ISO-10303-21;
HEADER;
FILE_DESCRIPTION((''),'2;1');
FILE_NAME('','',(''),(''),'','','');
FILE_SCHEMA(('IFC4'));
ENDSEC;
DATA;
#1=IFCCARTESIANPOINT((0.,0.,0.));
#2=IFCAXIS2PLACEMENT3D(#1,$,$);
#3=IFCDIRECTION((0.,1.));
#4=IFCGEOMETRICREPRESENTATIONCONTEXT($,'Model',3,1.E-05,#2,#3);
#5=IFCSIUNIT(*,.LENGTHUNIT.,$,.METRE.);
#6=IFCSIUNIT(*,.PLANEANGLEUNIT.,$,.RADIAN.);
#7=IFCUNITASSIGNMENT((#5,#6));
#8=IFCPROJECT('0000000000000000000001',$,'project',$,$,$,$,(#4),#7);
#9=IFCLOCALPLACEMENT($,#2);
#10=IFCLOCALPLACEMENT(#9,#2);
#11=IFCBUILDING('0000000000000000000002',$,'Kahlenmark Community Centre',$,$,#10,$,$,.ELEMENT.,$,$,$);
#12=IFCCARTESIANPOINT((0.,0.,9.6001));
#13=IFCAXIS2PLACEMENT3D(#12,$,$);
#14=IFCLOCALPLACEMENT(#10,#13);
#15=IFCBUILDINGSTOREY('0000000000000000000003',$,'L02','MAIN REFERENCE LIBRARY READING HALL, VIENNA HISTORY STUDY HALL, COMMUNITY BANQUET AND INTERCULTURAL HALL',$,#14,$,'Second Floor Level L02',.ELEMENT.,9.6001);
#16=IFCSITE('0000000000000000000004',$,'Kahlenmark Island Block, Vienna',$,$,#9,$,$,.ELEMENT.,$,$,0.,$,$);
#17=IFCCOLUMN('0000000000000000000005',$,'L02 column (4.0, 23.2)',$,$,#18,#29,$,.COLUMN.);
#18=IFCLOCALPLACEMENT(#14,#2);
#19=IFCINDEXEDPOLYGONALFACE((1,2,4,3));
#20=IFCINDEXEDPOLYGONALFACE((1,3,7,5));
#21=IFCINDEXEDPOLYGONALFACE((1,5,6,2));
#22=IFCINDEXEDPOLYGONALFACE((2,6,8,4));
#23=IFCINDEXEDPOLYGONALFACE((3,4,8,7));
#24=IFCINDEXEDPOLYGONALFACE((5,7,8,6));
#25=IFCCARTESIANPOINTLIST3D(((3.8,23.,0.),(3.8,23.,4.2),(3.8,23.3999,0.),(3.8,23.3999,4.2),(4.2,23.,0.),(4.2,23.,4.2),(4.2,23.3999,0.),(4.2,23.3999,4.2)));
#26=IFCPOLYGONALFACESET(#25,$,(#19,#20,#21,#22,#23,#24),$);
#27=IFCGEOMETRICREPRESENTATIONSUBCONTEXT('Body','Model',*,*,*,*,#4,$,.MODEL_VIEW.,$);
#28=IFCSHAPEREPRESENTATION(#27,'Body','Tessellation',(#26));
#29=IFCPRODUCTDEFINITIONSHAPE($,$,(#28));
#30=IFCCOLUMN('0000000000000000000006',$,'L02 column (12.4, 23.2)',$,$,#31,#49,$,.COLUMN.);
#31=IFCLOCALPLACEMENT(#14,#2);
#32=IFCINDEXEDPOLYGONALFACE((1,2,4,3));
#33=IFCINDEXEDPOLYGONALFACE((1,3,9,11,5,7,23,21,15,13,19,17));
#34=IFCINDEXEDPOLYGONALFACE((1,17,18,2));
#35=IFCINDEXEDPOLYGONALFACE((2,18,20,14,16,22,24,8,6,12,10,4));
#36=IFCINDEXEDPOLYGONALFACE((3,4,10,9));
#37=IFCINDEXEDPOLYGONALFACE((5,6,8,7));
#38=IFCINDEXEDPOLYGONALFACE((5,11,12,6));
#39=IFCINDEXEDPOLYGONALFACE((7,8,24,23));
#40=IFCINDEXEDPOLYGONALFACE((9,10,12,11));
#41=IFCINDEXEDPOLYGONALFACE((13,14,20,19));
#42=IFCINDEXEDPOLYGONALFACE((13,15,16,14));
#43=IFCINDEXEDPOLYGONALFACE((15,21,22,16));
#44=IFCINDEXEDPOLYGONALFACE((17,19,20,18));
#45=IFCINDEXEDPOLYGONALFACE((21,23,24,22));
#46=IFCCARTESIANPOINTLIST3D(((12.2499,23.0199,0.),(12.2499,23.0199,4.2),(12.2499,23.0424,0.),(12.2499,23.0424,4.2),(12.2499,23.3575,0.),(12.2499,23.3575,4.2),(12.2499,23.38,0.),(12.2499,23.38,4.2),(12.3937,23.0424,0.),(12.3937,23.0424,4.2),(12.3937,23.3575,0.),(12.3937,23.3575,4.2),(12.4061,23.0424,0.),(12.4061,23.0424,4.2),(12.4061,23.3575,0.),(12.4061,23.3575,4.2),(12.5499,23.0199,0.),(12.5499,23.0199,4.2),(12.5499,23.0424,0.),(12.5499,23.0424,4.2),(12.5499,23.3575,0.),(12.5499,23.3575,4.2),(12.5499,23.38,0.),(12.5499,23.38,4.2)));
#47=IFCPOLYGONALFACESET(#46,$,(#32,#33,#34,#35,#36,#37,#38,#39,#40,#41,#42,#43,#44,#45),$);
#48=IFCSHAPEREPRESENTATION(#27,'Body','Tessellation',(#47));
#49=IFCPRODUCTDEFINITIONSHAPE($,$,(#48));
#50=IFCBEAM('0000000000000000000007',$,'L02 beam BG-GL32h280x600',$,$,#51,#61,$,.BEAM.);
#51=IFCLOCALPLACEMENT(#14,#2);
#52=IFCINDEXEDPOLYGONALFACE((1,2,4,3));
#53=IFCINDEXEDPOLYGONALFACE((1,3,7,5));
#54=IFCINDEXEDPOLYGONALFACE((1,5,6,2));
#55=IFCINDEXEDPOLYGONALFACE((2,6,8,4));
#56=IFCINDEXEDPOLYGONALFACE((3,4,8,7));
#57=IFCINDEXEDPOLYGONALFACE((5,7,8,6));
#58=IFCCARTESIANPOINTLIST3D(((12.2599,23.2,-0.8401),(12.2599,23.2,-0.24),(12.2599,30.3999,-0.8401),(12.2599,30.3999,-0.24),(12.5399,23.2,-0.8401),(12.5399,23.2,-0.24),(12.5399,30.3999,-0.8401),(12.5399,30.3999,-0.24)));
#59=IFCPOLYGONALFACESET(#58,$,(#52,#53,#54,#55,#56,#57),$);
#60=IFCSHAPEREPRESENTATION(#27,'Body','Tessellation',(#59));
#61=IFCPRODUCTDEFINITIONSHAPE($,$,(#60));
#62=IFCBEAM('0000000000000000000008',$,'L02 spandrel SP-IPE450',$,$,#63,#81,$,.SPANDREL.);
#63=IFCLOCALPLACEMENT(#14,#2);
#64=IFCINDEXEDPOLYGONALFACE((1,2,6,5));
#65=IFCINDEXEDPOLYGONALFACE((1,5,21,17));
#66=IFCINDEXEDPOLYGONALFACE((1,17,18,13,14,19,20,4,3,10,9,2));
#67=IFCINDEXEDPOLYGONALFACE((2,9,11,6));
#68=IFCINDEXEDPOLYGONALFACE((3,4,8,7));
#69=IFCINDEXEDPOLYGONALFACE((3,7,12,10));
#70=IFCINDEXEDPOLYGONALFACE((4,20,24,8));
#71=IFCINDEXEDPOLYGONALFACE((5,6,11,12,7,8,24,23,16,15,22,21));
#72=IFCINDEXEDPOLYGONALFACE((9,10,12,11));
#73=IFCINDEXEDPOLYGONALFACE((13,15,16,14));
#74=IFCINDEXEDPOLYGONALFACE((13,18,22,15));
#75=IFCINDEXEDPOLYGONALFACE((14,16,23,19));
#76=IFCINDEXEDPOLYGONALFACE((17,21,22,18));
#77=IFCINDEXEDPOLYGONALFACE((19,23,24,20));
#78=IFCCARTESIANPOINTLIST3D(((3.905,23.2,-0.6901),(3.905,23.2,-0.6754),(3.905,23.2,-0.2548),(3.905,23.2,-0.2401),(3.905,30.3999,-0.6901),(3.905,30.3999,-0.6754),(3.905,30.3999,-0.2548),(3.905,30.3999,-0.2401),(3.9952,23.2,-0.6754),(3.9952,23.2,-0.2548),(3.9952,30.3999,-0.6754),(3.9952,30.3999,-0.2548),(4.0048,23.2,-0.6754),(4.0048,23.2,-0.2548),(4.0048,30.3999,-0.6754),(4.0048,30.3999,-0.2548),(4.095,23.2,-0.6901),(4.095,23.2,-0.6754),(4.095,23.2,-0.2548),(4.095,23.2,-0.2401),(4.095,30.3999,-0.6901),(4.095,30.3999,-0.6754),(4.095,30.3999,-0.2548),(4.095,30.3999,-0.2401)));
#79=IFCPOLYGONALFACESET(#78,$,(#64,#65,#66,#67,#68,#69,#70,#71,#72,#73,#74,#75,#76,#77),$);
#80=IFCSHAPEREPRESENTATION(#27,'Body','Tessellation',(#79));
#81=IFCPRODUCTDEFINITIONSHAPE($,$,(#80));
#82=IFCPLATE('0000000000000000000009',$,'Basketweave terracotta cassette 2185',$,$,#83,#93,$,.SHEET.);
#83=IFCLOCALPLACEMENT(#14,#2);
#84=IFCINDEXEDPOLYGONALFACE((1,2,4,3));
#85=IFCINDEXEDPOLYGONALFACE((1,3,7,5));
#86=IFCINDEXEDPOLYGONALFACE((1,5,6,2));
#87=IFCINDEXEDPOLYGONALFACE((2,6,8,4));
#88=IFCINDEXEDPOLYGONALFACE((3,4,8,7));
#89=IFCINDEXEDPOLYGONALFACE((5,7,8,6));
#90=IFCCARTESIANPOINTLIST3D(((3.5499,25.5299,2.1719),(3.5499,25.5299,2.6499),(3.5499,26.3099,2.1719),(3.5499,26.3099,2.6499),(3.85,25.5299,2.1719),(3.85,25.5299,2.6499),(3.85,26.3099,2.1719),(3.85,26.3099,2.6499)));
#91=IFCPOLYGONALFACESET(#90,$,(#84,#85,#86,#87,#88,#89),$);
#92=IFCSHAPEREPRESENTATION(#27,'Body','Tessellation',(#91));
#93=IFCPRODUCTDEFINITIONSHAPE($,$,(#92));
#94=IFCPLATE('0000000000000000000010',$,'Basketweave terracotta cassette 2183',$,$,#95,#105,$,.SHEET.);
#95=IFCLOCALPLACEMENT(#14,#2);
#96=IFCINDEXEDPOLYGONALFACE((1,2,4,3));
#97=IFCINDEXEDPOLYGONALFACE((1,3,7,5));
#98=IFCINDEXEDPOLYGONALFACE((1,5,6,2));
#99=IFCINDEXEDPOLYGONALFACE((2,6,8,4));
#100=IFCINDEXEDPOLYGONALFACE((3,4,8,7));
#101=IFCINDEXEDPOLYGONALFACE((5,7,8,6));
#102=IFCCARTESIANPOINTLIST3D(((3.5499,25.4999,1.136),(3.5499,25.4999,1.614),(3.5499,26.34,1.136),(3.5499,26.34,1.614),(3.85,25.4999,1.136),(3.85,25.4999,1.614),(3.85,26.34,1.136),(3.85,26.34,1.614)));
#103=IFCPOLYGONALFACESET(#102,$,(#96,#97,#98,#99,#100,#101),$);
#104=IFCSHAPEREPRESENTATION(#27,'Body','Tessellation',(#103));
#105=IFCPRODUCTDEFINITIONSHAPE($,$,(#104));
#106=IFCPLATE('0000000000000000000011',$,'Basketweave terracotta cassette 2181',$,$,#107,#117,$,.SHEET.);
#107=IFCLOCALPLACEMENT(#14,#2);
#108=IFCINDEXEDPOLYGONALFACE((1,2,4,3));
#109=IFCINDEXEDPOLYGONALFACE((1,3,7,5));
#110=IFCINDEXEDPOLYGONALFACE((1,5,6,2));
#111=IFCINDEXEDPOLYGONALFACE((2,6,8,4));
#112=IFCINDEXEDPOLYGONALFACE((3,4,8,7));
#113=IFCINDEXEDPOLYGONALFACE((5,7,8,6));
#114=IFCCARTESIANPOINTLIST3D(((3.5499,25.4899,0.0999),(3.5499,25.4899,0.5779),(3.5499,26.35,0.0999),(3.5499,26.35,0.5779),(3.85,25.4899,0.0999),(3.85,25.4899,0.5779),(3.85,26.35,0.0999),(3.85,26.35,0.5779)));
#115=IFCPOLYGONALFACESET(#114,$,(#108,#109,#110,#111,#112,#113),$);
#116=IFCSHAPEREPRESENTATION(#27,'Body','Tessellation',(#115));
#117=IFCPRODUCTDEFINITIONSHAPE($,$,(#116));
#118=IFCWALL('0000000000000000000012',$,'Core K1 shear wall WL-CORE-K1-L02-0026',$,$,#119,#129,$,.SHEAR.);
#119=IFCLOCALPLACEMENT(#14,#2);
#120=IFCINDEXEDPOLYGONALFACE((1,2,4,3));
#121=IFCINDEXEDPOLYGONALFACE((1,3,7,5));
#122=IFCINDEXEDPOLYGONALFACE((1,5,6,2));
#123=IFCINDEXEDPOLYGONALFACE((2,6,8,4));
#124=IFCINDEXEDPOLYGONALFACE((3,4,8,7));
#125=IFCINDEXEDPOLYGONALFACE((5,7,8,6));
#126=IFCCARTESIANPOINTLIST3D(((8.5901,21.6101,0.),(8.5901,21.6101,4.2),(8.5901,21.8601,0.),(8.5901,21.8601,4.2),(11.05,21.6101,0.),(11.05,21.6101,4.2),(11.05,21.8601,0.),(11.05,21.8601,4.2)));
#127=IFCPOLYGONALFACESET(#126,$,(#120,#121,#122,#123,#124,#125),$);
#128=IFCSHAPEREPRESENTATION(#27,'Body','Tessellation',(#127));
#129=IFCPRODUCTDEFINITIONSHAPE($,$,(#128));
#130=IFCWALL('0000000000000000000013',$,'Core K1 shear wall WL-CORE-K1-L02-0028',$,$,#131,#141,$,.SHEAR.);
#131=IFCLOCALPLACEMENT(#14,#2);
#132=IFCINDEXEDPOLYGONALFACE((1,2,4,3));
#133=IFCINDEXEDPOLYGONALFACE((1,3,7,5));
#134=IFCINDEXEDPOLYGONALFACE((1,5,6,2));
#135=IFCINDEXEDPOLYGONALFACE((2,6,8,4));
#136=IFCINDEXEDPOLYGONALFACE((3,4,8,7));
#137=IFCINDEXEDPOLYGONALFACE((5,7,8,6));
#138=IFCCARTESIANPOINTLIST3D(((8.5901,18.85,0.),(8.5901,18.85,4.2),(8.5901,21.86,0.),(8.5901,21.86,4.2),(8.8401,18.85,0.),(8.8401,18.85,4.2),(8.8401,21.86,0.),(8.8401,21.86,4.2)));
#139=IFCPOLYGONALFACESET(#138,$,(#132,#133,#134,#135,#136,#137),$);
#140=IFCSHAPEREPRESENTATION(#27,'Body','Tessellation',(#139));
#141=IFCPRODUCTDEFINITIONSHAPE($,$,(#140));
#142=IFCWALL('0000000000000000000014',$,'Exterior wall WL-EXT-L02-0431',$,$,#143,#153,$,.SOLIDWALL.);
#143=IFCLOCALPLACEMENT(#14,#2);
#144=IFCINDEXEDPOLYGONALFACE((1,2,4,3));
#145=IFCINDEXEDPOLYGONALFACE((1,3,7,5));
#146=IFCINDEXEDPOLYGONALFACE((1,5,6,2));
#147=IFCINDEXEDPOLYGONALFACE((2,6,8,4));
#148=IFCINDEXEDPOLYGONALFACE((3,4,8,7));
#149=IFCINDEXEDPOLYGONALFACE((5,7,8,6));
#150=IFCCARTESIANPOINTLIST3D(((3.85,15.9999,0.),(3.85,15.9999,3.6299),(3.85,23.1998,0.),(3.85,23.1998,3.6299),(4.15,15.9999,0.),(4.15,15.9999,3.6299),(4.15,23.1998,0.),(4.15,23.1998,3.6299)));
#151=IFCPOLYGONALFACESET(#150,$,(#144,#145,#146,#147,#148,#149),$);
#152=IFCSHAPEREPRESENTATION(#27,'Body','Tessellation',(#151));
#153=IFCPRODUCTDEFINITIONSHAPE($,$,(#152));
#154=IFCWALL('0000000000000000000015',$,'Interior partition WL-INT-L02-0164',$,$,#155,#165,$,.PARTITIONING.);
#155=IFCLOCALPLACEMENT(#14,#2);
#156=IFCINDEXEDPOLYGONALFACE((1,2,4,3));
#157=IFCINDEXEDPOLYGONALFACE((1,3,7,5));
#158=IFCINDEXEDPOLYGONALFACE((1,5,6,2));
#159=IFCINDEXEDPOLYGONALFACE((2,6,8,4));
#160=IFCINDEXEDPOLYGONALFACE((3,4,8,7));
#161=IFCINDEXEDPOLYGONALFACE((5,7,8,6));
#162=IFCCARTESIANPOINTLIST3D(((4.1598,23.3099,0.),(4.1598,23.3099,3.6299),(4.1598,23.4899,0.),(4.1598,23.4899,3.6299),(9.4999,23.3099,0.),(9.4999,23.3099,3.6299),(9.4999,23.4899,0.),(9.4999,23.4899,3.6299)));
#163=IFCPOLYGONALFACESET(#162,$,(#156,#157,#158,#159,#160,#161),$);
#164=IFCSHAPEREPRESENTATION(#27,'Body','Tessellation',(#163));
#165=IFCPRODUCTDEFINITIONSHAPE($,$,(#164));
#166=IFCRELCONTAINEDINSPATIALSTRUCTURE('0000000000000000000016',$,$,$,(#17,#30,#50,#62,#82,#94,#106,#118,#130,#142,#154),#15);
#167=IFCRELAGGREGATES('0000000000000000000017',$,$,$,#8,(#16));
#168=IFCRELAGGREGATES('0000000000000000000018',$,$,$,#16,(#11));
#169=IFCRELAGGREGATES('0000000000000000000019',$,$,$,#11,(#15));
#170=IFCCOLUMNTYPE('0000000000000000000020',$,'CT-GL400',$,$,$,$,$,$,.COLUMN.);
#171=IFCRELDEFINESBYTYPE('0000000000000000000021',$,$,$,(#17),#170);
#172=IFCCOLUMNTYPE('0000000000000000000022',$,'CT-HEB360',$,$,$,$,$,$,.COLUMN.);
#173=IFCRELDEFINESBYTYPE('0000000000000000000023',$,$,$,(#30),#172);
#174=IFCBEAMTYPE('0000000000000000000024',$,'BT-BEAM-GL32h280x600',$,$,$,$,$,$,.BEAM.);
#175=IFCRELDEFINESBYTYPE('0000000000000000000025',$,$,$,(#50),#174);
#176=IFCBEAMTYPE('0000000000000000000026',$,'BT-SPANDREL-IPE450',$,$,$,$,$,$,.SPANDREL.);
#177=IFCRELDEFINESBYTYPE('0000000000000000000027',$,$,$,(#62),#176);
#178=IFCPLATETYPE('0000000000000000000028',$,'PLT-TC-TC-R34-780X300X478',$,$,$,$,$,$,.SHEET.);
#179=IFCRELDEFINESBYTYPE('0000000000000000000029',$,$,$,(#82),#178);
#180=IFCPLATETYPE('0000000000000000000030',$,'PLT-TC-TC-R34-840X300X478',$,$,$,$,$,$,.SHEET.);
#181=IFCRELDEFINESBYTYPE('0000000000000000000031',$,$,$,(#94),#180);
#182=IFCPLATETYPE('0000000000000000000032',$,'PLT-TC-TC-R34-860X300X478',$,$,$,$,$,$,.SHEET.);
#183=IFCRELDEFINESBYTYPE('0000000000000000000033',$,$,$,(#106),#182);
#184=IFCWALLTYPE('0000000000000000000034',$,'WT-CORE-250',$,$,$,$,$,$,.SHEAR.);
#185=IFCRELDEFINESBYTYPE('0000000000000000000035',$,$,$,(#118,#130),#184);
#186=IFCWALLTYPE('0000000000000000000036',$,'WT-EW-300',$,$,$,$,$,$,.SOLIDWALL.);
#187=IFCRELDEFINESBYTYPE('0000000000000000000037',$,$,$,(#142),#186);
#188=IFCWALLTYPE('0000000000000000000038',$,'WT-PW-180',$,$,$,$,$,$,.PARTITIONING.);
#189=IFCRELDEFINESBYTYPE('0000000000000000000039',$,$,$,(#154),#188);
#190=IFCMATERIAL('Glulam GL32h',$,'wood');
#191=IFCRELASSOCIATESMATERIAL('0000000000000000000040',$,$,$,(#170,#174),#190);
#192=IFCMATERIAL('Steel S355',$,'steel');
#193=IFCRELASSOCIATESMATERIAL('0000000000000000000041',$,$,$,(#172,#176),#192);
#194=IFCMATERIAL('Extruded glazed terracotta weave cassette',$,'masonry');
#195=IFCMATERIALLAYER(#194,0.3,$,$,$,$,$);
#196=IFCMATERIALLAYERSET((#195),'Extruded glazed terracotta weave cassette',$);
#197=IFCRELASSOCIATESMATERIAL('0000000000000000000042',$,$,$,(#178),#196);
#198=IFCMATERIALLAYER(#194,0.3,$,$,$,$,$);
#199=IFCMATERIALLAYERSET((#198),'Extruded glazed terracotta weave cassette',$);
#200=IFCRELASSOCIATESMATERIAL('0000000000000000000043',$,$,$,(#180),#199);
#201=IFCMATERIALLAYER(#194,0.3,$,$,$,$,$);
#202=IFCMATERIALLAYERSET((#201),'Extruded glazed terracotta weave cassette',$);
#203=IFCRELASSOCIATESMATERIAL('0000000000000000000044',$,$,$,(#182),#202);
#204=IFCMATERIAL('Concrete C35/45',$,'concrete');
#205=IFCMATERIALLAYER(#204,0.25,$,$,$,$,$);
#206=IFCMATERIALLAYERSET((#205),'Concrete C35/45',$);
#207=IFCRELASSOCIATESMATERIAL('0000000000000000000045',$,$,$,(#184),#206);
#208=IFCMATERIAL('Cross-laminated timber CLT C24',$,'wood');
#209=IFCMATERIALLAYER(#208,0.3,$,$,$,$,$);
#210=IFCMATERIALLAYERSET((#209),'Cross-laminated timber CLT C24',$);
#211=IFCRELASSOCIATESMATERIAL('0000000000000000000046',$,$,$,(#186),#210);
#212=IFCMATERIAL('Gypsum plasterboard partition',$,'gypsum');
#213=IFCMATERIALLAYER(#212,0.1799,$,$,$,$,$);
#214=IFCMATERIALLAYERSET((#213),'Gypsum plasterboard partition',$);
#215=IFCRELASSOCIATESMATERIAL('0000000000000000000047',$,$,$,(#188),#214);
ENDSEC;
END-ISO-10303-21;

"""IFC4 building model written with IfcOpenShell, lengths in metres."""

from ifc_helpers import new_model, si_unit, direction, frame, frame_2d, origin, origin_2d, place, context, subcontext, project, spatial, rectangle, i_section, extrude, material, layer, layer_set, material_profile, profile_set, type_object, element, save


model = new_model("IFC4")

# Units and contexts
model_context = context("Model", 3, precision=1e-05, world=origin(), true_north=direction((0.0, 1.0)))
body_context = subcontext(model_context, "Body", "Model", "MODEL_VIEW")
ifc_project = project(units=[si_unit("LENGTHUNIT", "METRE"), si_unit("PLANEANGLEUNIT", "RADIAN")], contexts=[model_context])

# Site, building, storey
site_placement = place(None, origin())
site = spatial("IfcSite", under=ifc_project, at=site_placement, Name="Kahlenmark Island Block, Vienna", CompositionType="ELEMENT", RefElevation=0.0)
building_placement = place(site_placement, origin())
building = spatial("IfcBuilding", under=site, at=building_placement, Name="Kahlenmark Community Centre", CompositionType="ELEMENT")
storey_placement = place(building_placement, frame((0.0, 0.0, 9.6001)))
storey = spatial("IfcBuildingStorey", under=building, at=storey_placement, Name="L02", Description="MAIN REFERENCE LIBRARY READING HALL, VIENNA HISTORY STUDY HALL, COMMUNITY BANQUET AND INTERCULTURAL HALL", LongName="Second Floor Level L02", CompositionType="ELEMENT", Elevation=9.6001)

# Columns
ifc_material_1 = material(Name="Glulam GL32h", Category="wood")
ifc_material_profile_1 = material_profile(ifc_material_1, rectangle(XDim=0.3999, YDim=0.3999, at=origin_2d()), Name="GL32h 400x400")
ifc_profile_set_1 = profile_set([ifc_material_profile_1], Name="Glulam GL32h")
column_type_1 = type_object("IfcColumnType", Name="CT-GL400", PredefinedType="COLUMN", material=ifc_profile_set_1)
column_1_placement = place(storey_placement, frame((4.0, 23.2, 0.0), z_axis=(0.0, 0.0, 1.0), x_axis=(1.0, 0.0, 0.0)))
element("IfcColumn", 1, at=column_1_placement, inside=storey, type_object=column_type_1, Name="L02 column (4.0, 23.2)", PredefinedType="COLUMN", context=body_context, shape_type="SweptSolid", body=[
    extrude(rectangle(XDim=0.3999, YDim=0.3999, at=origin_2d()), origin(), (0.0, 0.0, 1.0), 4.2),
])
ifc_material_2 = material(Name="Steel S355", Category="steel")
ifc_material_profile_2 = material_profile(ifc_material_2, i_section(OverallWidth=0.3, OverallDepth=0.3601, WebThickness=0.0125, FlangeThickness=0.0225, at=origin_2d()), Name="HEB 360")
ifc_profile_set_2 = profile_set([ifc_material_profile_2], Name="Steel S355")
column_type_2 = type_object("IfcColumnType", Name="CT-HEB360", PredefinedType="COLUMN", material=ifc_profile_set_2)
column_2_placement = place(storey_placement, frame((12.3999, 23.2, 0.0), z_axis=(0.0, 0.0, 1.0), x_axis=(1.0, 0.0, 0.0)))
element("IfcColumn", 2, at=column_2_placement, inside=storey, type_object=column_type_2, Name="L02 column (12.4, 23.2)", PredefinedType="COLUMN", context=body_context, shape_type="SweptSolid", body=[
    extrude(i_section(OverallWidth=0.3, OverallDepth=0.3601, WebThickness=0.0125, FlangeThickness=0.0225, at=origin_2d()), origin(), (0.0, 0.0, 1.0), 4.2),
])

# Beams
ifc_material_profile_3 = material_profile(ifc_material_1, rectangle(XDim=0.28, YDim=0.6001, at=origin_2d()), Name="GL32h 280x600")
ifc_profile_set_3 = profile_set([ifc_material_profile_3], Name="Glulam GL32h")
beam_type_1 = type_object("IfcBeamType", Name="BT-BEAM-GL32h280x600", PredefinedType="BEAM", material=ifc_profile_set_3)
beam_1_placement = place(storey_placement, frame((12.3999, 23.2, -0.54), z_axis=(0.0, 1.0, 0.0), x_axis=(-1.0, 0.0, 0.0)))
element("IfcBeam", 3, at=beam_1_placement, inside=storey, type_object=beam_type_1, Name="L02 beam BG-GL32h280x600", PredefinedType="BEAM", context=body_context, shape_type="SweptSolid", body=[
    extrude(rectangle(XDim=0.28, YDim=0.6001, at=origin_2d()), origin(), (0.0, 0.0, 1.0), 7.2),
])
ifc_material_profile_4 = material_profile(ifc_material_2, i_section(OverallWidth=0.1899, OverallDepth=0.45, WebThickness=0.0095, FlangeThickness=0.0146, at=origin_2d()), Name="IPE 450")
ifc_profile_set_4 = profile_set([ifc_material_profile_4], Name="Steel S355")
beam_type_2 = type_object("IfcBeamType", Name="BT-SPANDREL-IPE450", PredefinedType="SPANDREL", material=ifc_profile_set_4)
beam_2_placement = place(storey_placement, frame((4.0, 23.2, -0.4651), z_axis=(0.0, 1.0, 0.0), x_axis=(-1.0, 0.0, 0.0)))
element("IfcBeam", 4, at=beam_2_placement, inside=storey, type_object=beam_type_2, Name="L02 spandrel SP-IPE450", PredefinedType="SPANDREL", context=body_context, shape_type="SweptSolid", body=[
    extrude(i_section(OverallWidth=0.1899, OverallDepth=0.45, WebThickness=0.0095, FlangeThickness=0.0146, at=origin_2d()), origin(), (0.0, 0.0, 1.0), 7.2),
])

# Plates
ifc_material_3 = material(Name="Extruded glazed terracotta weave cassette", Category="masonry")
ifc_layer_1 = layer(ifc_material_3, 0.3)
ifc_layer_set_1 = layer_set([ifc_layer_1], Name="Extruded glazed terracotta weave cassette")
plate_type_1 = type_object("IfcPlateType", Name="PLT-TC-TC-R34-780X300X478", PredefinedType="SHEET", material=ifc_layer_set_1)
plate_1_placement = place(storey_placement, frame((3.7, 25.9199, 2.1719), z_axis=(0.0, 0.0, 1.0), x_axis=(0.0, -1.0, 0.0)))
element("IfcPlate", 5, at=plate_1_placement, inside=storey, type_object=plate_type_1, Name="Basketweave terracotta cassette 2185", PredefinedType="SHEET", context=body_context, shape_type="SweptSolid", body=[
    extrude(rectangle(XDim=0.78, YDim=0.3, at=origin_2d()), origin(), (0.0, 0.0, 1.0), 0.478),
])
ifc_layer_2 = layer(ifc_material_3, 0.3)
ifc_layer_set_2 = layer_set([ifc_layer_2], Name="Extruded glazed terracotta weave cassette")
plate_type_2 = type_object("IfcPlateType", Name="PLT-TC-TC-R34-840X300X478", PredefinedType="SHEET", material=ifc_layer_set_2)
plate_2_placement = place(storey_placement, frame((3.7, 25.9199, 1.136), z_axis=(0.0, 0.0, 1.0), x_axis=(0.0, -1.0, 0.0)))
element("IfcPlate", 6, at=plate_2_placement, inside=storey, type_object=plate_type_2, Name="Basketweave terracotta cassette 2183", PredefinedType="SHEET", context=body_context, shape_type="SweptSolid", body=[
    extrude(rectangle(XDim=0.8401, YDim=0.3, at=origin_2d()), origin(), (0.0, 0.0, 1.0), 0.478),
])
ifc_layer_3 = layer(ifc_material_3, 0.3)
ifc_layer_set_3 = layer_set([ifc_layer_3], Name="Extruded glazed terracotta weave cassette")
plate_type_3 = type_object("IfcPlateType", Name="PLT-TC-TC-R34-860X300X478", PredefinedType="SHEET", material=ifc_layer_set_3)
plate_3_placement = place(storey_placement, frame((3.7, 25.9199, 0.0999), z_axis=(0.0, 0.0, 1.0), x_axis=(0.0, -1.0, 0.0)))
element("IfcPlate", 7, at=plate_3_placement, inside=storey, type_object=plate_type_3, Name="Basketweave terracotta cassette 2181", PredefinedType="SHEET", context=body_context, shape_type="SweptSolid", body=[
    extrude(rectangle(XDim=0.8601, YDim=0.3, at=origin_2d()), origin(), (0.0, 0.0, 1.0), 0.478),
])

# Wall
ifc_material_4 = material(Name="Concrete C35/45", Category="concrete")
ifc_layer_4 = layer(ifc_material_4, 0.25)
ifc_layer_set_4 = layer_set([ifc_layer_4], Name="Concrete C35/45")
wall_type_1 = type_object("IfcWallType", Name="WT-CORE-250", PredefinedType="SHEAR", material=ifc_layer_set_4)
wall_1_placement = place(storey_placement, frame((8.5901, 21.7351, 0.0), z_axis=(0.0, 0.0, 1.0), x_axis=(1.0, 0.0, 0.0)))
element("IfcWall", 8, at=wall_1_placement, inside=storey, type_object=wall_type_1, Name="Core K1 shear wall WL-CORE-K1-L02-0026", PredefinedType="SHEAR", context=body_context, shape_type="SweptSolid", body=[
    extrude(rectangle(XDim=2.46, YDim=0.25, at=frame_2d((1.23, 0.0))), origin(), (0.0, 0.0, 1.0), 4.2),
])

# Walls
wall_2_placement = place(storey_placement, frame((8.7151, 18.8501, 0.0), z_axis=(0.0, 0.0, 1.0), x_axis=(0.0, 1.0, 0.0)))
element("IfcWall", 9, at=wall_2_placement, inside=storey, type_object=wall_type_1, Name="Core K1 shear wall WL-CORE-K1-L02-0028", PredefinedType="SHEAR", context=body_context, shape_type="SweptSolid", body=[
    extrude(rectangle(XDim=3.01, YDim=0.25, at=frame_2d((1.5049, 0.0))), origin(), (0.0, 0.0, 1.0), 4.2),
])
ifc_material_5 = material(Name="Cross-laminated timber CLT C24", Category="wood")
ifc_layer_5 = layer(ifc_material_5, 0.3)
ifc_layer_set_5 = layer_set([ifc_layer_5], Name="Cross-laminated timber CLT C24")
wall_type_2 = type_object("IfcWallType", Name="WT-EW-300", PredefinedType="SOLIDWALL", material=ifc_layer_set_5)
wall_3_placement = place(storey_placement, frame((4.0, 23.2, 0.0), z_axis=(0.0, 0.0, 1.0), x_axis=(0.0, -1.0, 0.0)))
element("IfcWall", 10, at=wall_3_placement, inside=storey, type_object=wall_type_2, Name="Exterior wall WL-EXT-L02-0431", PredefinedType="SOLIDWALL", context=body_context, shape_type="SweptSolid", body=[
    extrude(rectangle(XDim=7.2, YDim=0.3, at=frame_2d((3.6001, 0.0))), origin(), (0.0, 0.0, 1.0), 3.6299),
])
ifc_material_6 = material(Name="Gypsum plasterboard partition", Category="gypsum")
ifc_layer_6 = layer(ifc_material_6, 0.1799)
ifc_layer_set_6 = layer_set([ifc_layer_6], Name="Gypsum plasterboard partition")
wall_type_3 = type_object("IfcWallType", Name="WT-PW-180", PredefinedType="PARTITIONING", material=ifc_layer_set_6)
wall_4_placement = place(storey_placement, frame((4.1599, 23.3999, 0.0), z_axis=(0.0, 0.0, 1.0), x_axis=(1.0, 0.0, 0.0)))
element("IfcWall", 11, at=wall_4_placement, inside=storey, type_object=wall_type_3, Name="Interior partition WL-INT-L02-0164", PredefinedType="PARTITIONING", context=body_context, shape_type="SweptSolid", body=[
    extrude(rectangle(XDim=5.3401, YDim=0.1799, at=frame_2d((2.6699, 0.0))), origin(), (0.0, 0.0, 1.0), 3.6299),
])

save(model, "model.ifc")
